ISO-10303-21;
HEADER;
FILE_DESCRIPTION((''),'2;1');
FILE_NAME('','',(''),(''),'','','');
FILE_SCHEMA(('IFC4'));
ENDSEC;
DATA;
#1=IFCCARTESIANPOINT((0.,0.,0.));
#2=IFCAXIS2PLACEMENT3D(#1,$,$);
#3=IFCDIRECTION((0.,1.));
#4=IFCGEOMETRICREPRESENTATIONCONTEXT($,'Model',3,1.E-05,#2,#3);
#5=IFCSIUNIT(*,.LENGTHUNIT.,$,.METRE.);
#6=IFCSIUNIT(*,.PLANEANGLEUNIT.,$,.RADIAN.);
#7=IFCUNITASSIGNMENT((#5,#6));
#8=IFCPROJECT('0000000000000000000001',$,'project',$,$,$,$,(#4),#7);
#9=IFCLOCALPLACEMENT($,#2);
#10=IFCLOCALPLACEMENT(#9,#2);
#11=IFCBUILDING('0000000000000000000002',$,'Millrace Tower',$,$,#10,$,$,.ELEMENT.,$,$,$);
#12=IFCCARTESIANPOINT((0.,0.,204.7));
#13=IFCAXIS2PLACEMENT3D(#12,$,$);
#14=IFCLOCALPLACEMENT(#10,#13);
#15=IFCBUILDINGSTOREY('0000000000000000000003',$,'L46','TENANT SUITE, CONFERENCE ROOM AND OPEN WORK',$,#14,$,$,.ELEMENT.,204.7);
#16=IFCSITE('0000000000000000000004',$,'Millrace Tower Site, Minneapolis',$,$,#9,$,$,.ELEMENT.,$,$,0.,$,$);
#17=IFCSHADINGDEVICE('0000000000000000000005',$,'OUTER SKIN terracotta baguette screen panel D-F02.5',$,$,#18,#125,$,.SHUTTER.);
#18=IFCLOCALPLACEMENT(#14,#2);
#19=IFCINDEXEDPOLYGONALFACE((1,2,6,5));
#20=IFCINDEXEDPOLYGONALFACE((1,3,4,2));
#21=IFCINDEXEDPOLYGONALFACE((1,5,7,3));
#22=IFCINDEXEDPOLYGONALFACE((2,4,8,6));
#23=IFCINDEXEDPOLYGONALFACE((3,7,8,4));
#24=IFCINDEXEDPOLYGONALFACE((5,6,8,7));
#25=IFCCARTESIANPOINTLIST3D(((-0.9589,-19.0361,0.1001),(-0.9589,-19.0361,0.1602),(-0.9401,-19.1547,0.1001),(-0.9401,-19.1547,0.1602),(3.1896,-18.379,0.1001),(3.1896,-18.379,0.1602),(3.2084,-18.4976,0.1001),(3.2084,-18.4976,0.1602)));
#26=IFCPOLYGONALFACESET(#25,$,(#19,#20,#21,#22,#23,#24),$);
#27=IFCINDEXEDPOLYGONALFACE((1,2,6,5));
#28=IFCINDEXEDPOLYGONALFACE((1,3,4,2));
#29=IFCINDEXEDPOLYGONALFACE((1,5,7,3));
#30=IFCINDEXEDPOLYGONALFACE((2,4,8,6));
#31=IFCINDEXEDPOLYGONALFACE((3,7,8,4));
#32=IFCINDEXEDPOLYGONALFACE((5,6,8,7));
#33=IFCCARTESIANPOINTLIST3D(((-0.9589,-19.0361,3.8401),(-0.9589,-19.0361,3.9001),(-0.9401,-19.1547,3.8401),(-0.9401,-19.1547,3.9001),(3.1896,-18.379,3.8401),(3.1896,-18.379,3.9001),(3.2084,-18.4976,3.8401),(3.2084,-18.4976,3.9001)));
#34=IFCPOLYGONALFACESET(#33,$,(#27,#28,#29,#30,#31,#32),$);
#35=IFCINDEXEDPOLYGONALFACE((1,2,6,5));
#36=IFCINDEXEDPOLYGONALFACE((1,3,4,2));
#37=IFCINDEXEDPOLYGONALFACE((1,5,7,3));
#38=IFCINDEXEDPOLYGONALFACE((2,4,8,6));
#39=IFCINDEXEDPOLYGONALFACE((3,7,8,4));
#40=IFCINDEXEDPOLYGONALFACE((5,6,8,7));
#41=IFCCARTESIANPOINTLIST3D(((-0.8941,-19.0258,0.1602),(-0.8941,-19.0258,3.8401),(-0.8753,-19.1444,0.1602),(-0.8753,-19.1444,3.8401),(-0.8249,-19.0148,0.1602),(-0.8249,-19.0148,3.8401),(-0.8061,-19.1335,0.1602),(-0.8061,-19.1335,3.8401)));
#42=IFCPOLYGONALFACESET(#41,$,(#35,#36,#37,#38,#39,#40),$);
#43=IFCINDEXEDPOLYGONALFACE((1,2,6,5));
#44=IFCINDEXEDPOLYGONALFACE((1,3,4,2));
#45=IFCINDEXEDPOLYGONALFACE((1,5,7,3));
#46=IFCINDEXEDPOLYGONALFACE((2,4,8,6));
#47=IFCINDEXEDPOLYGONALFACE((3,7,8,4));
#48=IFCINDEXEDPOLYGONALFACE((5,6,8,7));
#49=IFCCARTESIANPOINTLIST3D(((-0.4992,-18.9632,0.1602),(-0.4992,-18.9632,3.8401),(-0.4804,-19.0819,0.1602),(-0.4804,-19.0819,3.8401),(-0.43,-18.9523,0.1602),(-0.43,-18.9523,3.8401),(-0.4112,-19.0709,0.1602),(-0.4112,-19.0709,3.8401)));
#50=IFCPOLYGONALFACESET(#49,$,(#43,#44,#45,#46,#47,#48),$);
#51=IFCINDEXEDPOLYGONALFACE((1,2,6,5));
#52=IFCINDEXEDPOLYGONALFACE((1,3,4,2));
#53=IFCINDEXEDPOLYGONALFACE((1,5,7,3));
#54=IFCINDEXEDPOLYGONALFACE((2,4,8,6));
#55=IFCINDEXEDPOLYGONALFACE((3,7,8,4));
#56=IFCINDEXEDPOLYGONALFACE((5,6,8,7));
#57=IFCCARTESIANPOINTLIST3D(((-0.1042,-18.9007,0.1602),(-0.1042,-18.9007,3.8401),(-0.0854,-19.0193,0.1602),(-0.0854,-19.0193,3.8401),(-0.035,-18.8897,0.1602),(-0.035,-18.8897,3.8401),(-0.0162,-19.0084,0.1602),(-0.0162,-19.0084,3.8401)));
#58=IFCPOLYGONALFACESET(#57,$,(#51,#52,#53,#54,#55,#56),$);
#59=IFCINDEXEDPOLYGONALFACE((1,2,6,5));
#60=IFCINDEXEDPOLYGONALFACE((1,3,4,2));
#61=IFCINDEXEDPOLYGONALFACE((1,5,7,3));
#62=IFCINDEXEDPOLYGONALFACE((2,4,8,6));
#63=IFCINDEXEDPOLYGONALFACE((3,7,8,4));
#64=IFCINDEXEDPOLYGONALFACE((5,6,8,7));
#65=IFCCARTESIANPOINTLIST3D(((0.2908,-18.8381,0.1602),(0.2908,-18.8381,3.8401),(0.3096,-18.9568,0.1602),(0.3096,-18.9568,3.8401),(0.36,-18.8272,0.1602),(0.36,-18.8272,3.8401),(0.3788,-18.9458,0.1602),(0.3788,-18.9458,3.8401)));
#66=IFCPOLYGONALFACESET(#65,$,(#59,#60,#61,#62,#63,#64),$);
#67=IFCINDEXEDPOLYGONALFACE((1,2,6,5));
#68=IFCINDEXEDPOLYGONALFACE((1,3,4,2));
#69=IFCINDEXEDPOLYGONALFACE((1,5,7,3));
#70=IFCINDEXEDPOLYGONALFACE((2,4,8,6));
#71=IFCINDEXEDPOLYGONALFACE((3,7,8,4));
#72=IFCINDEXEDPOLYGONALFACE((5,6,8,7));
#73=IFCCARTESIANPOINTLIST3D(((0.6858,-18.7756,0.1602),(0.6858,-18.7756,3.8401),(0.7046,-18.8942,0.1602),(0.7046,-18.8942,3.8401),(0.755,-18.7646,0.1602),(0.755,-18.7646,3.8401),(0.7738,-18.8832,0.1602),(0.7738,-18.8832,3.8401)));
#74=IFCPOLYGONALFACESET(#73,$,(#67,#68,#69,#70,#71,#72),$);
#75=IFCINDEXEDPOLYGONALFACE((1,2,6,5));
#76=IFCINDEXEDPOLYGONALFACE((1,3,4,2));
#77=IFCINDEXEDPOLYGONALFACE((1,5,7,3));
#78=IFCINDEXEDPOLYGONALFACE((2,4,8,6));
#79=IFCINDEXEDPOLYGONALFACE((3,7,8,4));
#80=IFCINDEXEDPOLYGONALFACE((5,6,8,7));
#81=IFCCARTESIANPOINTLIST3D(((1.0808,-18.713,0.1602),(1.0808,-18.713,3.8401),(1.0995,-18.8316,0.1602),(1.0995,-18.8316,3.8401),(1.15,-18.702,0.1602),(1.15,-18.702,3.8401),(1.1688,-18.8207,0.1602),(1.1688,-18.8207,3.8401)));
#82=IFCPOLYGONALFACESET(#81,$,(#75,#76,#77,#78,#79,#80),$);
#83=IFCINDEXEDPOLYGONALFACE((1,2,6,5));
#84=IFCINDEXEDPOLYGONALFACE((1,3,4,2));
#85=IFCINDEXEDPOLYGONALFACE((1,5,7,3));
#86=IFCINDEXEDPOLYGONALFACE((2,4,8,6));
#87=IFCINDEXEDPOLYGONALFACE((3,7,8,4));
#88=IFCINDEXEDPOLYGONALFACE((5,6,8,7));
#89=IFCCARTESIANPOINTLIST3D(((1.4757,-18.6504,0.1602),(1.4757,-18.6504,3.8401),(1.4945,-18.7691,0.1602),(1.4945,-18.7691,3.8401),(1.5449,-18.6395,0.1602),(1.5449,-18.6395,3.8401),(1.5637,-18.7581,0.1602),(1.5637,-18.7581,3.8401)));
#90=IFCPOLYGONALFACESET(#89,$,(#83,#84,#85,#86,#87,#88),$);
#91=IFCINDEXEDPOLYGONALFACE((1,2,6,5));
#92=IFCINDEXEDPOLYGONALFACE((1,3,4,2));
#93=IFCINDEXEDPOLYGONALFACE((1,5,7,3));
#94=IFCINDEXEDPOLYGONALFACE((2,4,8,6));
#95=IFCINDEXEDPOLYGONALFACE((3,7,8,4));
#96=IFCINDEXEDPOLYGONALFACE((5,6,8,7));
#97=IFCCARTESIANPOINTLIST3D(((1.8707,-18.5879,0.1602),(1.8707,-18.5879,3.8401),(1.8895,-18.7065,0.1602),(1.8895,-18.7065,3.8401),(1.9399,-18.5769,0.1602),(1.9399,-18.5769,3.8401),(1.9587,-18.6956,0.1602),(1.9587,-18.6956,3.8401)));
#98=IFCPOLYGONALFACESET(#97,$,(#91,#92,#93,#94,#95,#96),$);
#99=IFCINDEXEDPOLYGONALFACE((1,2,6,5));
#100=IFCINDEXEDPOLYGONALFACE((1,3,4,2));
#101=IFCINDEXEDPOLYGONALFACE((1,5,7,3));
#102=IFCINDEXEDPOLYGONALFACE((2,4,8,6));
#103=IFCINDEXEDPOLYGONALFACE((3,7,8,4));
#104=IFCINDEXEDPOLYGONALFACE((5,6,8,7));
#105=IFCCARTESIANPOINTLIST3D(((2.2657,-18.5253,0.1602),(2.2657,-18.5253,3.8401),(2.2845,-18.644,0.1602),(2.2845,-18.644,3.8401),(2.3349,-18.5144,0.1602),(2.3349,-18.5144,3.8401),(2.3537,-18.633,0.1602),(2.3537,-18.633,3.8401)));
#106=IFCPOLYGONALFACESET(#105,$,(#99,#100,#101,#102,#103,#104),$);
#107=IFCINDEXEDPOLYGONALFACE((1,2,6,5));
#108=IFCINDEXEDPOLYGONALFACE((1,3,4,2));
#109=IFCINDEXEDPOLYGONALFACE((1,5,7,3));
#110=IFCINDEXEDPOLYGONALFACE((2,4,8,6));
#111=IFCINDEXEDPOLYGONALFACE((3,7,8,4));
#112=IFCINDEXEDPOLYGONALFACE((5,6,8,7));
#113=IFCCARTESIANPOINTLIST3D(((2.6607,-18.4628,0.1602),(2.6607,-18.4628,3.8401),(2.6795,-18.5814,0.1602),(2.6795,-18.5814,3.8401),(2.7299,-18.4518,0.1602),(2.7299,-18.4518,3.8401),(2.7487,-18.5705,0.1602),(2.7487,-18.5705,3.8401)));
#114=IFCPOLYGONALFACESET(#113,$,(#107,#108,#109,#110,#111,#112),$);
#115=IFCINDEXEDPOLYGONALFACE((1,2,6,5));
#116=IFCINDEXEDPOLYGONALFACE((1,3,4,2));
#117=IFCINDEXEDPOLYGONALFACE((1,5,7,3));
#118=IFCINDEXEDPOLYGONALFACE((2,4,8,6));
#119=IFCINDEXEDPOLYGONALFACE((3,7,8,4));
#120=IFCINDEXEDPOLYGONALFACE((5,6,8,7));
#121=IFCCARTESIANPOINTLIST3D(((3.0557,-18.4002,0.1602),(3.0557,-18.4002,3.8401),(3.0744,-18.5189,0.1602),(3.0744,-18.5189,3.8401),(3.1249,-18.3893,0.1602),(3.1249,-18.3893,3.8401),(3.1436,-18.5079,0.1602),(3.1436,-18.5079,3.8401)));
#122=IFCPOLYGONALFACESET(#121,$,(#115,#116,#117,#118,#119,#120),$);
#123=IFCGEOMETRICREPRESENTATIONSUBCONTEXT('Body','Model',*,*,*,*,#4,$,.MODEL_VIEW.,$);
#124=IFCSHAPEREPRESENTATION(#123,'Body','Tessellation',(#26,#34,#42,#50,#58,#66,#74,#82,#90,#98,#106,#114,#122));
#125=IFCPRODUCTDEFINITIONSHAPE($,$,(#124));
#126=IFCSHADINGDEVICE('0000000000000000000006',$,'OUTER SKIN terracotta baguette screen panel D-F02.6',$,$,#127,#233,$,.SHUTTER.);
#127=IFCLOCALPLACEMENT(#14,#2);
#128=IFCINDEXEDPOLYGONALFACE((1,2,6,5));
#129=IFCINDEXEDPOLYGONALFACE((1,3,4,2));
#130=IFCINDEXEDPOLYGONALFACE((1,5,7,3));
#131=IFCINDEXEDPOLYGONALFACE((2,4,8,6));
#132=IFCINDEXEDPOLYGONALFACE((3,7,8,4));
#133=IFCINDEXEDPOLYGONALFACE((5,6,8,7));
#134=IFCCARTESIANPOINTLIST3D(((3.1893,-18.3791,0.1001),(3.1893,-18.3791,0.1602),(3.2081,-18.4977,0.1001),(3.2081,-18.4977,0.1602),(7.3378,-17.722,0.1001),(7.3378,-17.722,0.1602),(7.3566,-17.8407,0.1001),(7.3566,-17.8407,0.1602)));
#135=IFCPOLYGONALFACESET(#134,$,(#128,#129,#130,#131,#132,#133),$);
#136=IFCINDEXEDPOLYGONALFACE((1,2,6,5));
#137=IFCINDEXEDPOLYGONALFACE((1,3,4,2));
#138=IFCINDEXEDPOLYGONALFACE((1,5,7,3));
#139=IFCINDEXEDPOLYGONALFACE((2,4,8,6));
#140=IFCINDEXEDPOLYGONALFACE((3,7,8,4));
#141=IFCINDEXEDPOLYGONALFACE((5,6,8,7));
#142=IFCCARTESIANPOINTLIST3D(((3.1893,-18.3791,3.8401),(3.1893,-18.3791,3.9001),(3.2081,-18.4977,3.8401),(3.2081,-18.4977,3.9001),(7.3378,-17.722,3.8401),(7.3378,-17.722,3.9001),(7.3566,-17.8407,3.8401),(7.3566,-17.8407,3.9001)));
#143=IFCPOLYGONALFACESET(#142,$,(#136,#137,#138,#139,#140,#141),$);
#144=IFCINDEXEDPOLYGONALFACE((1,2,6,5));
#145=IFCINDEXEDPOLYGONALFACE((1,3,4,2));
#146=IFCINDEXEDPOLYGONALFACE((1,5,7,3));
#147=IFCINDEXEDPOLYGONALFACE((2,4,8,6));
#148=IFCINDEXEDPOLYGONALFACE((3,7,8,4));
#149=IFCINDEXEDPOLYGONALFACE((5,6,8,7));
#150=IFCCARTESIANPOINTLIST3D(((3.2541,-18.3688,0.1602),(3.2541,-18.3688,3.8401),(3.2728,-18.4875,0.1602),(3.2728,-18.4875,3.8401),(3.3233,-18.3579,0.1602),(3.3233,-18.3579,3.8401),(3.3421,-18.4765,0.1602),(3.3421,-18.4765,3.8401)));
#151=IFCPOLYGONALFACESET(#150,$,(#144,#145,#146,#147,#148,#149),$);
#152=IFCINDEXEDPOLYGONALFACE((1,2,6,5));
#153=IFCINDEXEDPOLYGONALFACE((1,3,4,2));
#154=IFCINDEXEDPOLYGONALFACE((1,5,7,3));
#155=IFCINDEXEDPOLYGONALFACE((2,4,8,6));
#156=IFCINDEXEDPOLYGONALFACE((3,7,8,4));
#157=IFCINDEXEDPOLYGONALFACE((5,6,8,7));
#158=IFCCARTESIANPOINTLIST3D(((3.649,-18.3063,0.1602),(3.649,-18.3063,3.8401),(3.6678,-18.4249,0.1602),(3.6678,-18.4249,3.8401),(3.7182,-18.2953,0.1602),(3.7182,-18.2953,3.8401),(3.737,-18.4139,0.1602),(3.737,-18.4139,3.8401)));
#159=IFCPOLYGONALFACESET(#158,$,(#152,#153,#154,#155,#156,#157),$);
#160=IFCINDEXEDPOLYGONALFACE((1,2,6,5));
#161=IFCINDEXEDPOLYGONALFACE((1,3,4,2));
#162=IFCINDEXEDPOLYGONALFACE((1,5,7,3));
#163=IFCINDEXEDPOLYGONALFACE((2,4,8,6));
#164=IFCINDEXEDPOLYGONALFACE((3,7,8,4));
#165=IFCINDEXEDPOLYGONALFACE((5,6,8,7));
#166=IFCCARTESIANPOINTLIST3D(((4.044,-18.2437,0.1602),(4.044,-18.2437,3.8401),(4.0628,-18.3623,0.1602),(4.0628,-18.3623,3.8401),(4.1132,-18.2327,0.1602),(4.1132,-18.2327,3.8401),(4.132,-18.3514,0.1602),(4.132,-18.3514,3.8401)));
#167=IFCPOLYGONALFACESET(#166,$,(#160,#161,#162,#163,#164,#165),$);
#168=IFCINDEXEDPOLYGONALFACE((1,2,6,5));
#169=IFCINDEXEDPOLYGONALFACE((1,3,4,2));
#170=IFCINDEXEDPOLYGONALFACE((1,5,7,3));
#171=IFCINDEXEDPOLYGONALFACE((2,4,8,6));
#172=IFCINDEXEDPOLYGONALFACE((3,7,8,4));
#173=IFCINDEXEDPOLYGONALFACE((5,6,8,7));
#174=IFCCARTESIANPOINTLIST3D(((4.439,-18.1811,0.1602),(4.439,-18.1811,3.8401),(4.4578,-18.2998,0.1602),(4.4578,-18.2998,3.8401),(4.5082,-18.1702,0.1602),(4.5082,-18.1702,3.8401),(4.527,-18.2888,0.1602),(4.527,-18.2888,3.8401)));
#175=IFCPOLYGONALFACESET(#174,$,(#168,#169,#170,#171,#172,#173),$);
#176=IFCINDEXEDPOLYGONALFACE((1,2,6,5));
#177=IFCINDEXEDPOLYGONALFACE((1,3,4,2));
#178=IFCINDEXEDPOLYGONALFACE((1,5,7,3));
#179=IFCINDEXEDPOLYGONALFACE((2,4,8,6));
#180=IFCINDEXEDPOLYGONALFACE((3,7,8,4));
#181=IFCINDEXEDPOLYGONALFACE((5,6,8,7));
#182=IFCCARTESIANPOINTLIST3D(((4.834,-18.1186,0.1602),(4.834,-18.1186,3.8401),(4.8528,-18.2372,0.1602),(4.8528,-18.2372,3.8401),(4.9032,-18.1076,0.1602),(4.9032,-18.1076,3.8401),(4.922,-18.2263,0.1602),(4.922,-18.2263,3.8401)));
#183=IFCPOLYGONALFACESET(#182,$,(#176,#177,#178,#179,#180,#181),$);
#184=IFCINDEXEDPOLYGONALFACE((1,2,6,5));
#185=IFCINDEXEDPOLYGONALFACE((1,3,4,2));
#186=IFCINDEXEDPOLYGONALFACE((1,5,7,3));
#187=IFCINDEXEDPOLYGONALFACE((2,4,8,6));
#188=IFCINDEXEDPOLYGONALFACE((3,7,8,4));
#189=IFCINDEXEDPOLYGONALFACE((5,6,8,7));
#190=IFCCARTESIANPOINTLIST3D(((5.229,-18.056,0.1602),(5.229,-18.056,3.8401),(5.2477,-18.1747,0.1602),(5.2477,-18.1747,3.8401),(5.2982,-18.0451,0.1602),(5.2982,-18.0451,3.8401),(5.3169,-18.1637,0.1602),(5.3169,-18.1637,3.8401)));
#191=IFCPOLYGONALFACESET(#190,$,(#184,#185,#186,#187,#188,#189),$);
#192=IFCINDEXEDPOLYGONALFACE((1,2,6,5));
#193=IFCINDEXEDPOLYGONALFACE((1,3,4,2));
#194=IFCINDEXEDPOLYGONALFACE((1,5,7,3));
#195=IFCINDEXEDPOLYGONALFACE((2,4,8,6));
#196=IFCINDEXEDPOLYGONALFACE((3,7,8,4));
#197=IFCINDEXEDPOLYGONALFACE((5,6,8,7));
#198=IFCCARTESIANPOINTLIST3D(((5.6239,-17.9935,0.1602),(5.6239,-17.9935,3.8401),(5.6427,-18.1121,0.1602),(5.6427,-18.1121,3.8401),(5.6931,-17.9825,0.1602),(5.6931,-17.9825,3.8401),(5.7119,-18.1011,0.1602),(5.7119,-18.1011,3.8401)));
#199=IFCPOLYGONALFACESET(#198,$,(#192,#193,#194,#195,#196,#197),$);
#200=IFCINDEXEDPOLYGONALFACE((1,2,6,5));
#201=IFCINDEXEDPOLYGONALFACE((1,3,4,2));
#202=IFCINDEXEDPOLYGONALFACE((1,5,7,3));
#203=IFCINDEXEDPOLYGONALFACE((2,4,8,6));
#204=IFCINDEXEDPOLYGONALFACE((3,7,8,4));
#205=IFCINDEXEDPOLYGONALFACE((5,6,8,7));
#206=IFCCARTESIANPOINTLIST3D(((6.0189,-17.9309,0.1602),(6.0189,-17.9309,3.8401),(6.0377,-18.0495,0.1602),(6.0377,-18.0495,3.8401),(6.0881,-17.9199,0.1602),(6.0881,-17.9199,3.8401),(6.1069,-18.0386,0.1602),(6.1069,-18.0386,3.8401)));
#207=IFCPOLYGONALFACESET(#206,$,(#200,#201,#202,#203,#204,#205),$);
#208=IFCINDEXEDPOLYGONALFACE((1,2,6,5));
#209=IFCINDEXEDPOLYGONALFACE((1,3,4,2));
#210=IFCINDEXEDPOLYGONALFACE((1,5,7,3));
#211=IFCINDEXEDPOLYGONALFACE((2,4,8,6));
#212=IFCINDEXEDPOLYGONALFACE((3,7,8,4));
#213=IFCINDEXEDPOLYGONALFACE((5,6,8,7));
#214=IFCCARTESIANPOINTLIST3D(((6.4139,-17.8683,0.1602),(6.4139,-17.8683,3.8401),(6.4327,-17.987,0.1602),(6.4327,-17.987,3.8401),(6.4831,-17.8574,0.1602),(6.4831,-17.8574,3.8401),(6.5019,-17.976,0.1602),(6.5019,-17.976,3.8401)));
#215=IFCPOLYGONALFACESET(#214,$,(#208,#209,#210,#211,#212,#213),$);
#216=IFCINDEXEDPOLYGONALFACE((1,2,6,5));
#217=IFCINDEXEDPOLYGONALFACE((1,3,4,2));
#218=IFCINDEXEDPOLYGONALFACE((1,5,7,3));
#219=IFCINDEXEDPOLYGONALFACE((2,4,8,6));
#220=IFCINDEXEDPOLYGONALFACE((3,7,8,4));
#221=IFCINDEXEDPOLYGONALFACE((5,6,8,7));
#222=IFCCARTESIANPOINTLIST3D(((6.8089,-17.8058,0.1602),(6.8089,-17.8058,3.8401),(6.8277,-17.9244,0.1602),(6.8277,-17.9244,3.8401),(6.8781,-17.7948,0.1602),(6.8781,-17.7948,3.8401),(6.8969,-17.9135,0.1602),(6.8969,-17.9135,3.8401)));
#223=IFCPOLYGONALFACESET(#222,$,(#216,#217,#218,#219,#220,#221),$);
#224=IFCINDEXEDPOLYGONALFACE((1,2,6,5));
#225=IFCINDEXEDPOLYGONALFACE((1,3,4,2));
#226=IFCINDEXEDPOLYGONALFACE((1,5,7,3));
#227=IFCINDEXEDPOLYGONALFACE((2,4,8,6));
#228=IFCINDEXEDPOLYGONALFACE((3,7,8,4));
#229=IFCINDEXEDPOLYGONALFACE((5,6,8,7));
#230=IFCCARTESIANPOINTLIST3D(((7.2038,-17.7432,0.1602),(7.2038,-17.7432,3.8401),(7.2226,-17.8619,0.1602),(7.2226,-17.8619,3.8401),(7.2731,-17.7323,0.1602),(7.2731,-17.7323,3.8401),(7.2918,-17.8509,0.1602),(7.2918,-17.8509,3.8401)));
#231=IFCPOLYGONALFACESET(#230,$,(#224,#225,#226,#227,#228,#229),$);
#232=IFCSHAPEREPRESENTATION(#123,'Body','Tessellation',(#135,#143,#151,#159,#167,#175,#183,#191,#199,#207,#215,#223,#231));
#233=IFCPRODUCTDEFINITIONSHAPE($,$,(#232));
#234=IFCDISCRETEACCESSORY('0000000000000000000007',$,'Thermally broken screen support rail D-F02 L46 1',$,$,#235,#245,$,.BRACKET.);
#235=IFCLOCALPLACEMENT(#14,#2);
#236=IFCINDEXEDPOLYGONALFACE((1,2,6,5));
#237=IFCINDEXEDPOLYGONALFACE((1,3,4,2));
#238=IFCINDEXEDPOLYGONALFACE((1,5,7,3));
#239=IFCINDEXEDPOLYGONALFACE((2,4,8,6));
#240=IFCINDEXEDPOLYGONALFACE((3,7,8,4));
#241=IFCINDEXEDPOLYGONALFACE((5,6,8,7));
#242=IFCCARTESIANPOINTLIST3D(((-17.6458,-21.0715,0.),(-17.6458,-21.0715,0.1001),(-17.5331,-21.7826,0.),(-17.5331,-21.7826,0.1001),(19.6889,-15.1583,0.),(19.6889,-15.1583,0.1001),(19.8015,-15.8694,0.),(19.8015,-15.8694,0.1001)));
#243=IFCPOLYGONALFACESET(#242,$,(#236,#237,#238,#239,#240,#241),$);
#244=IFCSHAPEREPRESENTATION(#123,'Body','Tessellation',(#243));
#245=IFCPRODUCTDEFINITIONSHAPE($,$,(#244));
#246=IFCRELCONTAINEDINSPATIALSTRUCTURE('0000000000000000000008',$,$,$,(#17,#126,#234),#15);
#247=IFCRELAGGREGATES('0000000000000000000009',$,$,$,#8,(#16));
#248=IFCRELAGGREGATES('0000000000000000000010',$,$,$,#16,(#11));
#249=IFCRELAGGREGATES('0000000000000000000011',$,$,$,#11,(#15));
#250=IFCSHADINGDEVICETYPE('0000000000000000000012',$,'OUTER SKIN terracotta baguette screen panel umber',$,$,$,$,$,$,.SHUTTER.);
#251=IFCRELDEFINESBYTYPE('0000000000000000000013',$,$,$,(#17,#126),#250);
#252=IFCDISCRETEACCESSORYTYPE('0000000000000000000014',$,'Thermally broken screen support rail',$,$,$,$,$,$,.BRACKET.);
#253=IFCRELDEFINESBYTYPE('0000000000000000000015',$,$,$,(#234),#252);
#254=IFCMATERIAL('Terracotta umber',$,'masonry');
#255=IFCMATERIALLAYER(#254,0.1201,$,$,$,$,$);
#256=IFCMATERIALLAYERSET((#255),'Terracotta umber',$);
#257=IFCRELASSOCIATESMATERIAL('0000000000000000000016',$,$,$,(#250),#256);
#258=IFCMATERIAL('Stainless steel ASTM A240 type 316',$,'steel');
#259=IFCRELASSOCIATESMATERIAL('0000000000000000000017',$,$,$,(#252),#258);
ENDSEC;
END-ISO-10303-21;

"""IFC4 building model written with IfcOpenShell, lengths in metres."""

from ifc_helpers import new_model, entity, si_unit, direction, frame, frame_2d, origin, origin_2d, place, context, subcontext, project, spatial, rectangle, extrude, source, transform, mapped, material, layer, layer_set, type_object, element, save


model = new_model("IFC4")

# Units and contexts
model_context = context("Model", 3, precision=1e-05, world=origin(), true_north=direction((0.0, 1.0)))
body_context = subcontext(model_context, "Body", "Model", "MODEL_VIEW")
ifc_project = project(units=[si_unit("LENGTHUNIT", "METRE"), si_unit("PLANEANGLEUNIT", "RADIAN")], contexts=[model_context])

# Site, building, storey
site_placement = place(None, origin())
site = spatial("IfcSite", under=ifc_project, at=site_placement, Name="Millrace Tower Site, Minneapolis", CompositionType="ELEMENT", RefElevation=0.0)
building_placement = place(site_placement, origin())
building = spatial("IfcBuilding", under=site, at=building_placement, Name="Millrace Tower", CompositionType="ELEMENT")
storey_placement = place(building_placement, frame((0.0, 0.0, 204.7)))
storey = spatial("IfcBuildingStorey", under=building, at=storey_placement, Name="L46", Description="TENANT SUITE, CONFERENCE ROOM AND OPEN WORK", CompositionType="ELEMENT", Elevation=204.7)

# Shading devices
ifc_material_1 = material(Name="Terracotta umber", Category="masonry")
ifc_layer_1 = layer(ifc_material_1, 0.1201)
ifc_layer_set_1 = layer_set([ifc_layer_1], Name="Terracotta umber")
shading_device_type = type_object("IfcShadingDeviceType", Name="OUTER SKIN terracotta baguette screen panel umber", PredefinedType="SHUTTER", material=ifc_layer_set_1)
cartesian_point = entity("IfcCartesianPoint", [-2.1001, 0.0601])
shared_polyline = entity("IfcPolyline", [cartesian_point, entity("IfcCartesianPoint", [2.1001, 0.0601]), entity("IfcCartesianPoint", [2.1001, -0.0601]), entity("IfcCartesianPoint", [-2.1001, -0.0601]), cartesian_point])
shared_shape = source(origin(), body_context, "Body", "SweptSolid", [
    entity("IfcExtrudedAreaSolid", entity("IfcArbitraryClosedProfileDef", "AREA", None, shared_polyline), entity("IfcAxis2Placement3D", entity("IfcCartesianPoint", [0.0, 0.0, 0.0])), entity("IfcDirection", [0.0, 0.0, 1.0]), 0.0601),
    entity("IfcExtrudedAreaSolid", entity("IfcArbitraryClosedProfileDef", "AREA", None, shared_polyline), entity("IfcAxis2Placement3D", entity("IfcCartesianPoint", [0.0, 0.0, 3.74])), entity("IfcDirection", [0.0, 0.0, 1.0]), 0.0601),
    extrude(rectangle(XDim=0.0701, YDim=0.1201, at=frame_2d((-1.9995, 0.0))), frame((0.0, 0.0, 0.0601)), (0.0, 0.0, 1.0), 3.6799),
    extrude(rectangle(XDim=0.0701, YDim=0.1201, at=frame_2d((-1.5996, 0.0))), frame((0.0, 0.0, 0.0601)), (0.0, 0.0, 1.0), 3.6799),
    extrude(rectangle(XDim=0.0701, YDim=0.1201, at=frame_2d((-1.1997, 0.0))), frame((0.0, 0.0, 0.0601)), (0.0, 0.0, 1.0), 3.6799),
    extrude(rectangle(XDim=0.0701, YDim=0.1201, at=frame_2d((-0.7998, 0.0))), frame((0.0, 0.0, 0.0601)), (0.0, 0.0, 1.0), 3.6799),
    extrude(rectangle(XDim=0.0701, YDim=0.1201, at=frame_2d((-0.3999, 0.0))), frame((0.0, 0.0, 0.0601)), (0.0, 0.0, 1.0), 3.6799),
    extrude(rectangle(XDim=0.0701, YDim=0.1201, at=origin_2d()), frame((0.0, 0.0, 0.0601)), (0.0, 0.0, 1.0), 3.6799),
    extrude(rectangle(XDim=0.0701, YDim=0.1201, at=frame_2d((0.3999, 0.0))), frame((0.0, 0.0, 0.0601)), (0.0, 0.0, 1.0), 3.6799),
    extrude(rectangle(XDim=0.0701, YDim=0.1201, at=frame_2d((0.7998, 0.0))), frame((0.0, 0.0, 0.0601)), (0.0, 0.0, 1.0), 3.6799),
    extrude(rectangle(XDim=0.0701, YDim=0.1201, at=frame_2d((1.1997, 0.0))), frame((0.0, 0.0, 0.0601)), (0.0, 0.0, 1.0), 3.6799),
    extrude(rectangle(XDim=0.0701, YDim=0.1201, at=frame_2d((1.5996, 0.0))), frame((0.0, 0.0, 0.0601)), (0.0, 0.0, 1.0), 3.6799),
    extrude(rectangle(XDim=0.0701, YDim=0.1201, at=frame_2d((1.9995, 0.0))), frame((0.0, 0.0, 0.0601)), (0.0, 0.0, 1.0), 3.6799),
])
for number, where, z_axis, x_axis, name in (
    (1, (1.1248, -18.7668, 0.1001), (0.0, 0.0, 1.0), (0.987688, 0.156434, 0.0), "OUTER SKIN terracotta baguette screen panel D-F02.5"),
    (2, (5.2729, -18.1099, 0.1001), (0.0, 0.0, 1.0), (0.987688, 0.156434, 0.0), "OUTER SKIN terracotta baguette screen panel D-F02.6"),
):
    element("IfcShadingDevice", number, at=place(storey_placement, frame(where, z_axis=z_axis, x_axis=x_axis)), inside=storey, type_object=shading_device_type, Name=name, PredefinedType="SHUTTER", context=body_context, shape_type="MappedRepresentation", body=[
        mapped(shared_shape, transform((0.0, 0.0, 0.0), scale=1.0)),
    ])

# Discrete accessory
ifc_material_2 = material(Name="Stainless steel ASTM A240 type 316", Category="steel")
discrete_accessory_type = type_object("IfcDiscreteAccessoryType", Name="Thermally broken screen support rail", PredefinedType="BRACKET", material=ifc_material_2)
discrete_accessory_placement = place(storey_placement, frame((1.0779, -18.4705, 0.0), z_axis=(0.0, 0.0, 1.0), x_axis=(0.987688, 0.156434, 0.0)))
element("IfcDiscreteAccessory", 3, at=discrete_accessory_placement, inside=storey, type_object=discrete_accessory_type, Name="Thermally broken screen support rail D-F02 L46 1", PredefinedType="BRACKET", context=body_context, shape_type="SweptSolid", body=[
    extrude(rectangle(XDim=37.8, YDim=0.72, at=origin_2d()), origin(), (0.0, 0.0, 1.0), 0.1001),
])

save(model, "model.ifc")
